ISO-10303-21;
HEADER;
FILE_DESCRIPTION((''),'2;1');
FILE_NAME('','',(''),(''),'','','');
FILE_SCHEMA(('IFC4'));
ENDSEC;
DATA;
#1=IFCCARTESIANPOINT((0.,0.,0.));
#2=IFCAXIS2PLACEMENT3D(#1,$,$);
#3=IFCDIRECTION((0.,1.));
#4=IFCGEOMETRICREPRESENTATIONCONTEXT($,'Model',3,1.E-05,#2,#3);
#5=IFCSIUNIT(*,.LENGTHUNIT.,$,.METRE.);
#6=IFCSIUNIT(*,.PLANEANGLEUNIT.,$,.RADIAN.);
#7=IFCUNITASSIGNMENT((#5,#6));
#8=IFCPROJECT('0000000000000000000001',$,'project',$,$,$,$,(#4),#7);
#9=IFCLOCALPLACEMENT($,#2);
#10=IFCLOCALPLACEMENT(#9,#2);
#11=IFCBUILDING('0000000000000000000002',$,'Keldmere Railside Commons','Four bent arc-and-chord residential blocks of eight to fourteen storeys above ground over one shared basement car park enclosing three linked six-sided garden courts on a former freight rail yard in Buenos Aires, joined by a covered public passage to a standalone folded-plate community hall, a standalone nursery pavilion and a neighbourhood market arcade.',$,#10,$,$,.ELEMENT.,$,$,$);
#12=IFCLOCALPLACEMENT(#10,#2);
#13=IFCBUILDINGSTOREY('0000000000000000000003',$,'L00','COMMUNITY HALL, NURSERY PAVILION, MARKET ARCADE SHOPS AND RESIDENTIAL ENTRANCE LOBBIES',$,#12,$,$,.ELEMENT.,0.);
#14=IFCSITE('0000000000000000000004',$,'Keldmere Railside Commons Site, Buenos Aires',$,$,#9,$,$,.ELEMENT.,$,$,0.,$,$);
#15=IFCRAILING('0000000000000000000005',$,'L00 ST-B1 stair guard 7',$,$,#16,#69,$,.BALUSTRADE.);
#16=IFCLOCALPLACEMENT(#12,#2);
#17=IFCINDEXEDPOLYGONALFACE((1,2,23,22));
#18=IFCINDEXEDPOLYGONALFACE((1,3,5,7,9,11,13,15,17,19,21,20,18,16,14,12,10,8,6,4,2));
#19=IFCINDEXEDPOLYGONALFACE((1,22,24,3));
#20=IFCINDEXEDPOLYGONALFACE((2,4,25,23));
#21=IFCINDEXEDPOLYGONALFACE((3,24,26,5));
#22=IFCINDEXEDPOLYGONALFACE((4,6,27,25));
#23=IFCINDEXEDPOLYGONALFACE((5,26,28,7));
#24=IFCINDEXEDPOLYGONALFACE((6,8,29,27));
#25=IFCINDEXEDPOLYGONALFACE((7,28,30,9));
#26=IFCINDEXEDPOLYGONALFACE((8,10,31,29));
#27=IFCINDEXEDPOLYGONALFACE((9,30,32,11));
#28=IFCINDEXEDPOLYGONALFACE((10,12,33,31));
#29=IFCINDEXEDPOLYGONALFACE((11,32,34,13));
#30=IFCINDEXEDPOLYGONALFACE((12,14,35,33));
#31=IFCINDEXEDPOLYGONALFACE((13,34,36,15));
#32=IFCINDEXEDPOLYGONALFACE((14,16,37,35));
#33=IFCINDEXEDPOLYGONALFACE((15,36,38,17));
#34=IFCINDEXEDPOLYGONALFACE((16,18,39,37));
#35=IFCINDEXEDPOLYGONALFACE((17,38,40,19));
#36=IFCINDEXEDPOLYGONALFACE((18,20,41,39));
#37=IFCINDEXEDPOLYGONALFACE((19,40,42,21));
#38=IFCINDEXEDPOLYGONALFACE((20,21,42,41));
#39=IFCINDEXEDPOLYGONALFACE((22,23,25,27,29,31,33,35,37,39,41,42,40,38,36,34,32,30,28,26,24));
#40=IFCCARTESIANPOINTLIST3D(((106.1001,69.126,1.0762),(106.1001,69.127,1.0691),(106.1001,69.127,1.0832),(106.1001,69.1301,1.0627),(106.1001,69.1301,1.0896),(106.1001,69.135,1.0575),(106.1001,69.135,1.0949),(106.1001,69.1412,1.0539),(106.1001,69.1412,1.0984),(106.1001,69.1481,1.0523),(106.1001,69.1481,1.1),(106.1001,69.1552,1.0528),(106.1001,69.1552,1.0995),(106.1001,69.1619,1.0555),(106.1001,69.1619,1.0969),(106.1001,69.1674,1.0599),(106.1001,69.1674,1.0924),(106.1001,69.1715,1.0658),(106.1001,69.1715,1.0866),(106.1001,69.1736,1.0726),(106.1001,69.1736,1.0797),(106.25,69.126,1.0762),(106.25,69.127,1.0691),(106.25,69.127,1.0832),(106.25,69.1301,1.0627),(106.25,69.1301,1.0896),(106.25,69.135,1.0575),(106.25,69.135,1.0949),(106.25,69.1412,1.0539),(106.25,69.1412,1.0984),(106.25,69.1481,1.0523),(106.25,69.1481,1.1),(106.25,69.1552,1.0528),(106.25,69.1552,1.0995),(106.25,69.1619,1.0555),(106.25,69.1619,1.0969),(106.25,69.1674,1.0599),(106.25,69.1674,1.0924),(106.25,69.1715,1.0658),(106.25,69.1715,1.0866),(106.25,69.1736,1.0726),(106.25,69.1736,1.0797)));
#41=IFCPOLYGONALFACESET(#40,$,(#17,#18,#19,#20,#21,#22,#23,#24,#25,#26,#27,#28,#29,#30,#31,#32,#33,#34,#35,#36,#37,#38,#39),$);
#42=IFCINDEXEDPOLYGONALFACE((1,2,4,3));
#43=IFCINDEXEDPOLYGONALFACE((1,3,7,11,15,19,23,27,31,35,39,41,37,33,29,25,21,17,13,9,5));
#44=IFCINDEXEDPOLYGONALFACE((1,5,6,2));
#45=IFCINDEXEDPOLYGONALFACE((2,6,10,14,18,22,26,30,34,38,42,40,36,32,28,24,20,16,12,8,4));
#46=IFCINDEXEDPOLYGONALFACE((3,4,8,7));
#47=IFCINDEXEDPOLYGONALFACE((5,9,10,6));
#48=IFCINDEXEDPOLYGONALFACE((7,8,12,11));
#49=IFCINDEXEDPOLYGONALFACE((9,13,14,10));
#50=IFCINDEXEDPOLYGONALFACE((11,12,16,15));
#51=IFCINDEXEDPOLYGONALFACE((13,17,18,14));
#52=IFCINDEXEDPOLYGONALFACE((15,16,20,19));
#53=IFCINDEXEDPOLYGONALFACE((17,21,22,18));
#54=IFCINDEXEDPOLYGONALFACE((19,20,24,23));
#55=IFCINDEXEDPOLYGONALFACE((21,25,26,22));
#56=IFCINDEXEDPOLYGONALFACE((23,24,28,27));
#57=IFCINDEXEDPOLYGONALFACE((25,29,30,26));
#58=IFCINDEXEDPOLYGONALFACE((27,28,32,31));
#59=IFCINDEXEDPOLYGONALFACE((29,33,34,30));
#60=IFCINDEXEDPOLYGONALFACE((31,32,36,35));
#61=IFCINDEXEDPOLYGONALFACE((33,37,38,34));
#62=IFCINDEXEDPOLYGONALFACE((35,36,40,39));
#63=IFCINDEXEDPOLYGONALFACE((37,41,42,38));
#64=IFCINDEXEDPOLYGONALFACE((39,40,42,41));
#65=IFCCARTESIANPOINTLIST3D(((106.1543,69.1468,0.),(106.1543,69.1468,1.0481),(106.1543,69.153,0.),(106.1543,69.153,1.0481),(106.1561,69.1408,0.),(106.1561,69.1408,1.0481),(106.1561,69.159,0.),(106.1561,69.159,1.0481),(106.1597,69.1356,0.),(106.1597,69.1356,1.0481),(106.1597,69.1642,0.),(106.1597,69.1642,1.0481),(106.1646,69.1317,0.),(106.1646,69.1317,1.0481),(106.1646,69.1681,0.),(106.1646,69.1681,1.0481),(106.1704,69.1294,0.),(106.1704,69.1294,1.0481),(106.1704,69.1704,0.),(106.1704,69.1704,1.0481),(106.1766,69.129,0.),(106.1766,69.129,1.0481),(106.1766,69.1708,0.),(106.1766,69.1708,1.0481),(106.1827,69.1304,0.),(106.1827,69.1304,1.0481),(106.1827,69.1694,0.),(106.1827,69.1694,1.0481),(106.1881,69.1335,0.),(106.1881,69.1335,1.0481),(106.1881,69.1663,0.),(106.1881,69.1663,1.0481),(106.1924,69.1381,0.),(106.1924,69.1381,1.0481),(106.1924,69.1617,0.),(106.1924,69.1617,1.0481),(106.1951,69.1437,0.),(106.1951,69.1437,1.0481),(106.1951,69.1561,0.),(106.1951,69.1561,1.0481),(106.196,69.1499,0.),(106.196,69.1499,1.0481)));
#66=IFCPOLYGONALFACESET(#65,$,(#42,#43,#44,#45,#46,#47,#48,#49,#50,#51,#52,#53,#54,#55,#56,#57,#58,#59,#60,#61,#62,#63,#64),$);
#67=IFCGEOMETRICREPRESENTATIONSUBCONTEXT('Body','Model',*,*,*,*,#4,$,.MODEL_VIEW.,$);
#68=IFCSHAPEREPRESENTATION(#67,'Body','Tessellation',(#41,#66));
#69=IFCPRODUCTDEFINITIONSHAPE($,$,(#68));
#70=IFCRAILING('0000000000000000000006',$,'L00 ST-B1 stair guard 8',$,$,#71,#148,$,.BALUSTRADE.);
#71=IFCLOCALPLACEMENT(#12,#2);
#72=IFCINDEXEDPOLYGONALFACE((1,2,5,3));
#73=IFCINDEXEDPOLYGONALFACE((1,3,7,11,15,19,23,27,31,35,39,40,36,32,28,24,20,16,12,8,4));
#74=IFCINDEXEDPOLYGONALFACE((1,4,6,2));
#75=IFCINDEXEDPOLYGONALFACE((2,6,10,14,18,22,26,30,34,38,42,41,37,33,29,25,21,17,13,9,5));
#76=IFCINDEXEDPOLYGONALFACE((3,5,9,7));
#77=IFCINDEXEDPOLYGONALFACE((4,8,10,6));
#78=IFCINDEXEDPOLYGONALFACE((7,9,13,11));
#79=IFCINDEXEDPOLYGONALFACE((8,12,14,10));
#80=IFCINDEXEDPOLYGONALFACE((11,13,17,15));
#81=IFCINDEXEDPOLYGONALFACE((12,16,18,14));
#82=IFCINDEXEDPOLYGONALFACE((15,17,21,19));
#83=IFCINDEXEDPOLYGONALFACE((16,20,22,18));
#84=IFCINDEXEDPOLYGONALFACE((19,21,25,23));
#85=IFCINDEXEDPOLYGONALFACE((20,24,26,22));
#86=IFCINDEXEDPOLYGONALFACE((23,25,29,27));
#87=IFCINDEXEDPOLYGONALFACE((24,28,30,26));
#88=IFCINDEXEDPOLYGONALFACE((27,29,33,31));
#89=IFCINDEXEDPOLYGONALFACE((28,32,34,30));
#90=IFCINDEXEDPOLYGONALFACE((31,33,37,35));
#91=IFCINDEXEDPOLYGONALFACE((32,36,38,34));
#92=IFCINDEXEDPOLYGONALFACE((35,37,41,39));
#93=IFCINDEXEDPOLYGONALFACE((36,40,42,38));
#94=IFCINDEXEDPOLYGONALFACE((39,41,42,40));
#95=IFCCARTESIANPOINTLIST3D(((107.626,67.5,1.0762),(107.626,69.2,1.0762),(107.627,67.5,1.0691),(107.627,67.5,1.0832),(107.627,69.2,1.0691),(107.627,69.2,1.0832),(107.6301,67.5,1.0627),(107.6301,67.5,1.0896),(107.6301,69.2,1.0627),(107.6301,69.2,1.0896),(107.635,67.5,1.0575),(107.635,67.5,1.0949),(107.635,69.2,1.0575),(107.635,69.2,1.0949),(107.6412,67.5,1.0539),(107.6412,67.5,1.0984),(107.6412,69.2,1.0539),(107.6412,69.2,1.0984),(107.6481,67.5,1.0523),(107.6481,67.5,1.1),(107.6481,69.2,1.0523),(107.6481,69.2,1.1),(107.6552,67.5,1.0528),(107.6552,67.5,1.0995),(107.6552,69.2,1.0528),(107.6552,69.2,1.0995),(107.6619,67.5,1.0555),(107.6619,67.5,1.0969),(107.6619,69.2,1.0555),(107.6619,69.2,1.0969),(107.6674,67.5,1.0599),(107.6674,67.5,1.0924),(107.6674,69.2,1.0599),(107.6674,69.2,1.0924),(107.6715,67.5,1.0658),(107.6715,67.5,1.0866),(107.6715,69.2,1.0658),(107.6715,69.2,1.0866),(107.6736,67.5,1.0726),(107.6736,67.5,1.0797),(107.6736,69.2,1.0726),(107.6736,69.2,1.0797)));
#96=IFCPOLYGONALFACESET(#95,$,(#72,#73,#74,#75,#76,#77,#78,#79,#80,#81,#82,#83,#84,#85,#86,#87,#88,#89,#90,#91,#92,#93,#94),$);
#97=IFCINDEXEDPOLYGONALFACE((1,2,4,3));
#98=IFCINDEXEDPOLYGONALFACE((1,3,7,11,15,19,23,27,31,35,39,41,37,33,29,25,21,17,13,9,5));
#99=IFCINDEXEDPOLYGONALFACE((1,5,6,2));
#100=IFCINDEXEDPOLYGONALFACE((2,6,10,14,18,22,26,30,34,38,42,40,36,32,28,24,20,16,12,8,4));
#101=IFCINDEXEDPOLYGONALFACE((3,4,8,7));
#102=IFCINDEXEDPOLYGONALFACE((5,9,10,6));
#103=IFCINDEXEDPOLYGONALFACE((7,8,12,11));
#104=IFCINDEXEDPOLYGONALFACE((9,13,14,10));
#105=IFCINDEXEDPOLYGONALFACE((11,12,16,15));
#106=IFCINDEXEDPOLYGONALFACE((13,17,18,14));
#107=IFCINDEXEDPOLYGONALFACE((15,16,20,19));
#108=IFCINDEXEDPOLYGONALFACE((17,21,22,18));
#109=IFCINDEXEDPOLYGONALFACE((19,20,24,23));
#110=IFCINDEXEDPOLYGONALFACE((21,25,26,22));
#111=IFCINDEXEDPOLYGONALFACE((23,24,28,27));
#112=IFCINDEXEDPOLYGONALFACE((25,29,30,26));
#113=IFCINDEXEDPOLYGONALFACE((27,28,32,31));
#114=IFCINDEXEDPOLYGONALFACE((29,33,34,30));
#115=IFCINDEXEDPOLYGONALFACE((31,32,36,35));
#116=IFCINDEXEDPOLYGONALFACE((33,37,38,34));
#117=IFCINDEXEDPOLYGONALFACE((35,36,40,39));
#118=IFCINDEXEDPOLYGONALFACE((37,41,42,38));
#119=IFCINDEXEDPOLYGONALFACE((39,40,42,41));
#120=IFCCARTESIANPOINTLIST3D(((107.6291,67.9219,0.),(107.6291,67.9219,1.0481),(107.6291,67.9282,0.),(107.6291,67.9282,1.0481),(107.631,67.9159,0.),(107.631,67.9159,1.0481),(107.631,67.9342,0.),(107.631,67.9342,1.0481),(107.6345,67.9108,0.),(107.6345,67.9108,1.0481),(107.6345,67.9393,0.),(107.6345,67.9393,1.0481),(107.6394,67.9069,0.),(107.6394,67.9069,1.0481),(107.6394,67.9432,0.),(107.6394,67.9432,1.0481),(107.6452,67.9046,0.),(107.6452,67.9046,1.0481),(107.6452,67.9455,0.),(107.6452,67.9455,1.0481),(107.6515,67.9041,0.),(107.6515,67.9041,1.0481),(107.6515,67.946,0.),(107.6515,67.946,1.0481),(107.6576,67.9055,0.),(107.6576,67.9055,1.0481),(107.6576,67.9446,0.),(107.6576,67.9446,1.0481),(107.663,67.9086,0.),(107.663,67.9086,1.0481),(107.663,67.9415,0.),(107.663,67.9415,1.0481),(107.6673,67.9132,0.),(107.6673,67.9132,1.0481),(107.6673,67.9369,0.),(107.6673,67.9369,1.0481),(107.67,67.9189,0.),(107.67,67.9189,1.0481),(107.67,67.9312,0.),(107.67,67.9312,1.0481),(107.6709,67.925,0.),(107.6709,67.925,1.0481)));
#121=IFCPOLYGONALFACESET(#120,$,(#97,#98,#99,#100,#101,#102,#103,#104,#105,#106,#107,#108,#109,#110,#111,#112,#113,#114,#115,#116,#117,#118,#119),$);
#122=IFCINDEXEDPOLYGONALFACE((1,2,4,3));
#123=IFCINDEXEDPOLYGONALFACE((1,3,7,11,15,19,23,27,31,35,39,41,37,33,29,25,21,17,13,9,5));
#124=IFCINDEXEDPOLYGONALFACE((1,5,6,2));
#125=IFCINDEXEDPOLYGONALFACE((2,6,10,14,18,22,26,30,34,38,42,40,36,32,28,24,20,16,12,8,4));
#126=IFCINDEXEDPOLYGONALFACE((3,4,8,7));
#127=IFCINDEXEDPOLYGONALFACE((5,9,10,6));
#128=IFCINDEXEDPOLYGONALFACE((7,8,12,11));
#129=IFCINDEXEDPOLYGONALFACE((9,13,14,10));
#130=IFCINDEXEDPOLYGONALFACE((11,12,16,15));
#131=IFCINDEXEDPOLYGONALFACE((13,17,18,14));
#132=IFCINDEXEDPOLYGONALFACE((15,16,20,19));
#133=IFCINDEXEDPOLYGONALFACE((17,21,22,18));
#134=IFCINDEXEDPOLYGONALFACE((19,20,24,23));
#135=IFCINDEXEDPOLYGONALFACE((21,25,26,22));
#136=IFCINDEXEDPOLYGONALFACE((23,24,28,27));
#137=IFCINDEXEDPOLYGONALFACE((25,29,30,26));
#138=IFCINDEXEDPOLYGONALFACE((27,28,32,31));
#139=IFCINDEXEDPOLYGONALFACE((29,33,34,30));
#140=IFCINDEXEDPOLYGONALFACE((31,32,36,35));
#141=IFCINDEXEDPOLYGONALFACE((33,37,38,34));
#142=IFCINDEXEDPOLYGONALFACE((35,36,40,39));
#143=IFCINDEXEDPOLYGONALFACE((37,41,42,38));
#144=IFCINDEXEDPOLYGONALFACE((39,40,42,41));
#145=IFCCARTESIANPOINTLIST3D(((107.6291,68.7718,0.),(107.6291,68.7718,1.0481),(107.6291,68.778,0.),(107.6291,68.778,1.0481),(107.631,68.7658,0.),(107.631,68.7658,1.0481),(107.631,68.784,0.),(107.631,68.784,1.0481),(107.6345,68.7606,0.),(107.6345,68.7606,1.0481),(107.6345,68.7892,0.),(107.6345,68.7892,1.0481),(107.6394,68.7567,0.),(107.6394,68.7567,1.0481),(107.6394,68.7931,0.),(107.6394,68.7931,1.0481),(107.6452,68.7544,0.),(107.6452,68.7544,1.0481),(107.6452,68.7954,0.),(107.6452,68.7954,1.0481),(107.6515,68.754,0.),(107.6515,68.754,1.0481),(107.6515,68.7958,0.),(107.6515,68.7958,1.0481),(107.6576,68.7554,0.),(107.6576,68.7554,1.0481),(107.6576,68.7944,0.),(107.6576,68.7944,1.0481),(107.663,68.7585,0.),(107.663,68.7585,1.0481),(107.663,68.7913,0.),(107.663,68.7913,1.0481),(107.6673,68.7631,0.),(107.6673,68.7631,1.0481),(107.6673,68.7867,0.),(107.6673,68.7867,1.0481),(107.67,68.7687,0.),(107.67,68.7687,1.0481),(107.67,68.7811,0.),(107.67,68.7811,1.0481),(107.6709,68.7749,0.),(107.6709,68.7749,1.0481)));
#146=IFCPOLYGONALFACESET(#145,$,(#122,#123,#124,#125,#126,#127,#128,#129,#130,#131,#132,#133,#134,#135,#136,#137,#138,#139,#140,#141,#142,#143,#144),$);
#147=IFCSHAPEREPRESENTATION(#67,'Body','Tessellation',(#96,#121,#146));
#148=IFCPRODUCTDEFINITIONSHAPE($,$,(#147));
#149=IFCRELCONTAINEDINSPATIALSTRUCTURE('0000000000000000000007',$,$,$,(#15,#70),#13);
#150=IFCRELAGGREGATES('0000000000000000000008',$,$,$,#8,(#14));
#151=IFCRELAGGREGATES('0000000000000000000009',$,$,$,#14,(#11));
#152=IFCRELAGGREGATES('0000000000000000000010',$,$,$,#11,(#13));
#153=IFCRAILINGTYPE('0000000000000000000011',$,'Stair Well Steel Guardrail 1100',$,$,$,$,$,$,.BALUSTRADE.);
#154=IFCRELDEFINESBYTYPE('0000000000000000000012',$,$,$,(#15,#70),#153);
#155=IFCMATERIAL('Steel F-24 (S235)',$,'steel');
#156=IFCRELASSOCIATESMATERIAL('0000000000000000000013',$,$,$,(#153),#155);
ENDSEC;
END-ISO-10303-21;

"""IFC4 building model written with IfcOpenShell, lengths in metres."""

from ifc_helpers import new_model, si_unit, direction, frame, origin, origin_2d, place, context, subcontext, project, spatial, circle, extrude, material, type_object, element, save


model = new_model("IFC4")

# Units and contexts
model_context = context("Model", 3, precision=1e-05, world=origin(), true_north=direction((0.0, 1.0)))
body_context = subcontext(model_context, "Body", "Model", "MODEL_VIEW")
ifc_project = project(units=[si_unit("LENGTHUNIT", "METRE"), si_unit("PLANEANGLEUNIT", "RADIAN")], contexts=[model_context])

# Site, building, storey
site_placement = place(None, origin())
site = spatial("IfcSite", under=ifc_project, at=site_placement, Name="Keldmere Railside Commons Site, Buenos Aires", CompositionType="ELEMENT", RefElevation=0.0)
building_placement = place(site_placement, origin())
building = spatial("IfcBuilding", under=site, at=building_placement, Name="Keldmere Railside Commons", Description="Four bent arc-and-chord residential blocks of eight to fourteen storeys above ground over one shared basement car park enclosing three linked six-sided garden courts on a former freight rail yard in Buenos Aires, joined by a covered public passage to a standalone folded-plate community hall, a standalone nursery pavilion and a neighbourhood market arcade.", CompositionType="ELEMENT")
storey_placement = place(building_placement, origin())
storey = spatial("IfcBuildingStorey", under=building, at=storey_placement, Name="L00", Description="COMMUNITY HALL, NURSERY PAVILION, MARKET ARCADE SHOPS AND RESIDENTIAL ENTRANCE LOBBIES", CompositionType="ELEMENT", Elevation=0.0)

# Shared definitions
ifc_material_1 = material(Name="Steel F-24 (S235)", Category="steel")

# Railings
railing_type_1 = type_object("IfcRailingType", Name="Stair Well Steel Guardrail 1100", PredefinedType="BALUSTRADE", material=ifc_material_1)
railing_1_placement = place(storey_placement, frame((106.25, 69.1499, 0.0)))
element("IfcRailing", 1, at=railing_1_placement, inside=storey, type_object=railing_type_1, Name="L00 ST-B1 stair guard 7", PredefinedType="BALUSTRADE", context=body_context, shape_type="SweptSolid", body=[
    extrude(circle(Radius=0.0239, at=origin_2d()), frame((0.0, 0.0, 1.0762), z_axis=(-1.0, 0.0, 0.0), x_axis=(0.0, -1.0, 0.0)), (0.0, 0.0, 1.0), 0.1499),
    extrude(circle(Radius=0.021, at=origin_2d()), frame((-0.075, 0.0, 0.0)), (0.0, 0.0, 1.0), 1.0481),
])
railing_2_placement = place(storey_placement, frame((107.6499, 67.5, 0.0)))
element("IfcRailing", 2, at=railing_2_placement, inside=storey, type_object=railing_type_1, Name="L00 ST-B1 stair guard 8", PredefinedType="BALUSTRADE", context=body_context, shape_type="SweptSolid", body=[
    extrude(circle(Radius=0.0239, at=origin_2d()), frame((0.0, 0.0, 1.0762), z_axis=(0.0, 1.0, 0.0), x_axis=(-1.0, 0.0, 0.0)), (0.0, 0.0, 1.0), 1.7),
    extrude(circle(Radius=0.021, at=origin_2d()), frame((0.0, 0.425, 0.0)), (0.0, 0.0, 1.0), 1.0481),
    extrude(circle(Radius=0.021, at=origin_2d()), frame((0.0, 1.2749, 0.0)), (0.0, 0.0, 1.0), 1.0481),
])

save(model, "model.ifc")
